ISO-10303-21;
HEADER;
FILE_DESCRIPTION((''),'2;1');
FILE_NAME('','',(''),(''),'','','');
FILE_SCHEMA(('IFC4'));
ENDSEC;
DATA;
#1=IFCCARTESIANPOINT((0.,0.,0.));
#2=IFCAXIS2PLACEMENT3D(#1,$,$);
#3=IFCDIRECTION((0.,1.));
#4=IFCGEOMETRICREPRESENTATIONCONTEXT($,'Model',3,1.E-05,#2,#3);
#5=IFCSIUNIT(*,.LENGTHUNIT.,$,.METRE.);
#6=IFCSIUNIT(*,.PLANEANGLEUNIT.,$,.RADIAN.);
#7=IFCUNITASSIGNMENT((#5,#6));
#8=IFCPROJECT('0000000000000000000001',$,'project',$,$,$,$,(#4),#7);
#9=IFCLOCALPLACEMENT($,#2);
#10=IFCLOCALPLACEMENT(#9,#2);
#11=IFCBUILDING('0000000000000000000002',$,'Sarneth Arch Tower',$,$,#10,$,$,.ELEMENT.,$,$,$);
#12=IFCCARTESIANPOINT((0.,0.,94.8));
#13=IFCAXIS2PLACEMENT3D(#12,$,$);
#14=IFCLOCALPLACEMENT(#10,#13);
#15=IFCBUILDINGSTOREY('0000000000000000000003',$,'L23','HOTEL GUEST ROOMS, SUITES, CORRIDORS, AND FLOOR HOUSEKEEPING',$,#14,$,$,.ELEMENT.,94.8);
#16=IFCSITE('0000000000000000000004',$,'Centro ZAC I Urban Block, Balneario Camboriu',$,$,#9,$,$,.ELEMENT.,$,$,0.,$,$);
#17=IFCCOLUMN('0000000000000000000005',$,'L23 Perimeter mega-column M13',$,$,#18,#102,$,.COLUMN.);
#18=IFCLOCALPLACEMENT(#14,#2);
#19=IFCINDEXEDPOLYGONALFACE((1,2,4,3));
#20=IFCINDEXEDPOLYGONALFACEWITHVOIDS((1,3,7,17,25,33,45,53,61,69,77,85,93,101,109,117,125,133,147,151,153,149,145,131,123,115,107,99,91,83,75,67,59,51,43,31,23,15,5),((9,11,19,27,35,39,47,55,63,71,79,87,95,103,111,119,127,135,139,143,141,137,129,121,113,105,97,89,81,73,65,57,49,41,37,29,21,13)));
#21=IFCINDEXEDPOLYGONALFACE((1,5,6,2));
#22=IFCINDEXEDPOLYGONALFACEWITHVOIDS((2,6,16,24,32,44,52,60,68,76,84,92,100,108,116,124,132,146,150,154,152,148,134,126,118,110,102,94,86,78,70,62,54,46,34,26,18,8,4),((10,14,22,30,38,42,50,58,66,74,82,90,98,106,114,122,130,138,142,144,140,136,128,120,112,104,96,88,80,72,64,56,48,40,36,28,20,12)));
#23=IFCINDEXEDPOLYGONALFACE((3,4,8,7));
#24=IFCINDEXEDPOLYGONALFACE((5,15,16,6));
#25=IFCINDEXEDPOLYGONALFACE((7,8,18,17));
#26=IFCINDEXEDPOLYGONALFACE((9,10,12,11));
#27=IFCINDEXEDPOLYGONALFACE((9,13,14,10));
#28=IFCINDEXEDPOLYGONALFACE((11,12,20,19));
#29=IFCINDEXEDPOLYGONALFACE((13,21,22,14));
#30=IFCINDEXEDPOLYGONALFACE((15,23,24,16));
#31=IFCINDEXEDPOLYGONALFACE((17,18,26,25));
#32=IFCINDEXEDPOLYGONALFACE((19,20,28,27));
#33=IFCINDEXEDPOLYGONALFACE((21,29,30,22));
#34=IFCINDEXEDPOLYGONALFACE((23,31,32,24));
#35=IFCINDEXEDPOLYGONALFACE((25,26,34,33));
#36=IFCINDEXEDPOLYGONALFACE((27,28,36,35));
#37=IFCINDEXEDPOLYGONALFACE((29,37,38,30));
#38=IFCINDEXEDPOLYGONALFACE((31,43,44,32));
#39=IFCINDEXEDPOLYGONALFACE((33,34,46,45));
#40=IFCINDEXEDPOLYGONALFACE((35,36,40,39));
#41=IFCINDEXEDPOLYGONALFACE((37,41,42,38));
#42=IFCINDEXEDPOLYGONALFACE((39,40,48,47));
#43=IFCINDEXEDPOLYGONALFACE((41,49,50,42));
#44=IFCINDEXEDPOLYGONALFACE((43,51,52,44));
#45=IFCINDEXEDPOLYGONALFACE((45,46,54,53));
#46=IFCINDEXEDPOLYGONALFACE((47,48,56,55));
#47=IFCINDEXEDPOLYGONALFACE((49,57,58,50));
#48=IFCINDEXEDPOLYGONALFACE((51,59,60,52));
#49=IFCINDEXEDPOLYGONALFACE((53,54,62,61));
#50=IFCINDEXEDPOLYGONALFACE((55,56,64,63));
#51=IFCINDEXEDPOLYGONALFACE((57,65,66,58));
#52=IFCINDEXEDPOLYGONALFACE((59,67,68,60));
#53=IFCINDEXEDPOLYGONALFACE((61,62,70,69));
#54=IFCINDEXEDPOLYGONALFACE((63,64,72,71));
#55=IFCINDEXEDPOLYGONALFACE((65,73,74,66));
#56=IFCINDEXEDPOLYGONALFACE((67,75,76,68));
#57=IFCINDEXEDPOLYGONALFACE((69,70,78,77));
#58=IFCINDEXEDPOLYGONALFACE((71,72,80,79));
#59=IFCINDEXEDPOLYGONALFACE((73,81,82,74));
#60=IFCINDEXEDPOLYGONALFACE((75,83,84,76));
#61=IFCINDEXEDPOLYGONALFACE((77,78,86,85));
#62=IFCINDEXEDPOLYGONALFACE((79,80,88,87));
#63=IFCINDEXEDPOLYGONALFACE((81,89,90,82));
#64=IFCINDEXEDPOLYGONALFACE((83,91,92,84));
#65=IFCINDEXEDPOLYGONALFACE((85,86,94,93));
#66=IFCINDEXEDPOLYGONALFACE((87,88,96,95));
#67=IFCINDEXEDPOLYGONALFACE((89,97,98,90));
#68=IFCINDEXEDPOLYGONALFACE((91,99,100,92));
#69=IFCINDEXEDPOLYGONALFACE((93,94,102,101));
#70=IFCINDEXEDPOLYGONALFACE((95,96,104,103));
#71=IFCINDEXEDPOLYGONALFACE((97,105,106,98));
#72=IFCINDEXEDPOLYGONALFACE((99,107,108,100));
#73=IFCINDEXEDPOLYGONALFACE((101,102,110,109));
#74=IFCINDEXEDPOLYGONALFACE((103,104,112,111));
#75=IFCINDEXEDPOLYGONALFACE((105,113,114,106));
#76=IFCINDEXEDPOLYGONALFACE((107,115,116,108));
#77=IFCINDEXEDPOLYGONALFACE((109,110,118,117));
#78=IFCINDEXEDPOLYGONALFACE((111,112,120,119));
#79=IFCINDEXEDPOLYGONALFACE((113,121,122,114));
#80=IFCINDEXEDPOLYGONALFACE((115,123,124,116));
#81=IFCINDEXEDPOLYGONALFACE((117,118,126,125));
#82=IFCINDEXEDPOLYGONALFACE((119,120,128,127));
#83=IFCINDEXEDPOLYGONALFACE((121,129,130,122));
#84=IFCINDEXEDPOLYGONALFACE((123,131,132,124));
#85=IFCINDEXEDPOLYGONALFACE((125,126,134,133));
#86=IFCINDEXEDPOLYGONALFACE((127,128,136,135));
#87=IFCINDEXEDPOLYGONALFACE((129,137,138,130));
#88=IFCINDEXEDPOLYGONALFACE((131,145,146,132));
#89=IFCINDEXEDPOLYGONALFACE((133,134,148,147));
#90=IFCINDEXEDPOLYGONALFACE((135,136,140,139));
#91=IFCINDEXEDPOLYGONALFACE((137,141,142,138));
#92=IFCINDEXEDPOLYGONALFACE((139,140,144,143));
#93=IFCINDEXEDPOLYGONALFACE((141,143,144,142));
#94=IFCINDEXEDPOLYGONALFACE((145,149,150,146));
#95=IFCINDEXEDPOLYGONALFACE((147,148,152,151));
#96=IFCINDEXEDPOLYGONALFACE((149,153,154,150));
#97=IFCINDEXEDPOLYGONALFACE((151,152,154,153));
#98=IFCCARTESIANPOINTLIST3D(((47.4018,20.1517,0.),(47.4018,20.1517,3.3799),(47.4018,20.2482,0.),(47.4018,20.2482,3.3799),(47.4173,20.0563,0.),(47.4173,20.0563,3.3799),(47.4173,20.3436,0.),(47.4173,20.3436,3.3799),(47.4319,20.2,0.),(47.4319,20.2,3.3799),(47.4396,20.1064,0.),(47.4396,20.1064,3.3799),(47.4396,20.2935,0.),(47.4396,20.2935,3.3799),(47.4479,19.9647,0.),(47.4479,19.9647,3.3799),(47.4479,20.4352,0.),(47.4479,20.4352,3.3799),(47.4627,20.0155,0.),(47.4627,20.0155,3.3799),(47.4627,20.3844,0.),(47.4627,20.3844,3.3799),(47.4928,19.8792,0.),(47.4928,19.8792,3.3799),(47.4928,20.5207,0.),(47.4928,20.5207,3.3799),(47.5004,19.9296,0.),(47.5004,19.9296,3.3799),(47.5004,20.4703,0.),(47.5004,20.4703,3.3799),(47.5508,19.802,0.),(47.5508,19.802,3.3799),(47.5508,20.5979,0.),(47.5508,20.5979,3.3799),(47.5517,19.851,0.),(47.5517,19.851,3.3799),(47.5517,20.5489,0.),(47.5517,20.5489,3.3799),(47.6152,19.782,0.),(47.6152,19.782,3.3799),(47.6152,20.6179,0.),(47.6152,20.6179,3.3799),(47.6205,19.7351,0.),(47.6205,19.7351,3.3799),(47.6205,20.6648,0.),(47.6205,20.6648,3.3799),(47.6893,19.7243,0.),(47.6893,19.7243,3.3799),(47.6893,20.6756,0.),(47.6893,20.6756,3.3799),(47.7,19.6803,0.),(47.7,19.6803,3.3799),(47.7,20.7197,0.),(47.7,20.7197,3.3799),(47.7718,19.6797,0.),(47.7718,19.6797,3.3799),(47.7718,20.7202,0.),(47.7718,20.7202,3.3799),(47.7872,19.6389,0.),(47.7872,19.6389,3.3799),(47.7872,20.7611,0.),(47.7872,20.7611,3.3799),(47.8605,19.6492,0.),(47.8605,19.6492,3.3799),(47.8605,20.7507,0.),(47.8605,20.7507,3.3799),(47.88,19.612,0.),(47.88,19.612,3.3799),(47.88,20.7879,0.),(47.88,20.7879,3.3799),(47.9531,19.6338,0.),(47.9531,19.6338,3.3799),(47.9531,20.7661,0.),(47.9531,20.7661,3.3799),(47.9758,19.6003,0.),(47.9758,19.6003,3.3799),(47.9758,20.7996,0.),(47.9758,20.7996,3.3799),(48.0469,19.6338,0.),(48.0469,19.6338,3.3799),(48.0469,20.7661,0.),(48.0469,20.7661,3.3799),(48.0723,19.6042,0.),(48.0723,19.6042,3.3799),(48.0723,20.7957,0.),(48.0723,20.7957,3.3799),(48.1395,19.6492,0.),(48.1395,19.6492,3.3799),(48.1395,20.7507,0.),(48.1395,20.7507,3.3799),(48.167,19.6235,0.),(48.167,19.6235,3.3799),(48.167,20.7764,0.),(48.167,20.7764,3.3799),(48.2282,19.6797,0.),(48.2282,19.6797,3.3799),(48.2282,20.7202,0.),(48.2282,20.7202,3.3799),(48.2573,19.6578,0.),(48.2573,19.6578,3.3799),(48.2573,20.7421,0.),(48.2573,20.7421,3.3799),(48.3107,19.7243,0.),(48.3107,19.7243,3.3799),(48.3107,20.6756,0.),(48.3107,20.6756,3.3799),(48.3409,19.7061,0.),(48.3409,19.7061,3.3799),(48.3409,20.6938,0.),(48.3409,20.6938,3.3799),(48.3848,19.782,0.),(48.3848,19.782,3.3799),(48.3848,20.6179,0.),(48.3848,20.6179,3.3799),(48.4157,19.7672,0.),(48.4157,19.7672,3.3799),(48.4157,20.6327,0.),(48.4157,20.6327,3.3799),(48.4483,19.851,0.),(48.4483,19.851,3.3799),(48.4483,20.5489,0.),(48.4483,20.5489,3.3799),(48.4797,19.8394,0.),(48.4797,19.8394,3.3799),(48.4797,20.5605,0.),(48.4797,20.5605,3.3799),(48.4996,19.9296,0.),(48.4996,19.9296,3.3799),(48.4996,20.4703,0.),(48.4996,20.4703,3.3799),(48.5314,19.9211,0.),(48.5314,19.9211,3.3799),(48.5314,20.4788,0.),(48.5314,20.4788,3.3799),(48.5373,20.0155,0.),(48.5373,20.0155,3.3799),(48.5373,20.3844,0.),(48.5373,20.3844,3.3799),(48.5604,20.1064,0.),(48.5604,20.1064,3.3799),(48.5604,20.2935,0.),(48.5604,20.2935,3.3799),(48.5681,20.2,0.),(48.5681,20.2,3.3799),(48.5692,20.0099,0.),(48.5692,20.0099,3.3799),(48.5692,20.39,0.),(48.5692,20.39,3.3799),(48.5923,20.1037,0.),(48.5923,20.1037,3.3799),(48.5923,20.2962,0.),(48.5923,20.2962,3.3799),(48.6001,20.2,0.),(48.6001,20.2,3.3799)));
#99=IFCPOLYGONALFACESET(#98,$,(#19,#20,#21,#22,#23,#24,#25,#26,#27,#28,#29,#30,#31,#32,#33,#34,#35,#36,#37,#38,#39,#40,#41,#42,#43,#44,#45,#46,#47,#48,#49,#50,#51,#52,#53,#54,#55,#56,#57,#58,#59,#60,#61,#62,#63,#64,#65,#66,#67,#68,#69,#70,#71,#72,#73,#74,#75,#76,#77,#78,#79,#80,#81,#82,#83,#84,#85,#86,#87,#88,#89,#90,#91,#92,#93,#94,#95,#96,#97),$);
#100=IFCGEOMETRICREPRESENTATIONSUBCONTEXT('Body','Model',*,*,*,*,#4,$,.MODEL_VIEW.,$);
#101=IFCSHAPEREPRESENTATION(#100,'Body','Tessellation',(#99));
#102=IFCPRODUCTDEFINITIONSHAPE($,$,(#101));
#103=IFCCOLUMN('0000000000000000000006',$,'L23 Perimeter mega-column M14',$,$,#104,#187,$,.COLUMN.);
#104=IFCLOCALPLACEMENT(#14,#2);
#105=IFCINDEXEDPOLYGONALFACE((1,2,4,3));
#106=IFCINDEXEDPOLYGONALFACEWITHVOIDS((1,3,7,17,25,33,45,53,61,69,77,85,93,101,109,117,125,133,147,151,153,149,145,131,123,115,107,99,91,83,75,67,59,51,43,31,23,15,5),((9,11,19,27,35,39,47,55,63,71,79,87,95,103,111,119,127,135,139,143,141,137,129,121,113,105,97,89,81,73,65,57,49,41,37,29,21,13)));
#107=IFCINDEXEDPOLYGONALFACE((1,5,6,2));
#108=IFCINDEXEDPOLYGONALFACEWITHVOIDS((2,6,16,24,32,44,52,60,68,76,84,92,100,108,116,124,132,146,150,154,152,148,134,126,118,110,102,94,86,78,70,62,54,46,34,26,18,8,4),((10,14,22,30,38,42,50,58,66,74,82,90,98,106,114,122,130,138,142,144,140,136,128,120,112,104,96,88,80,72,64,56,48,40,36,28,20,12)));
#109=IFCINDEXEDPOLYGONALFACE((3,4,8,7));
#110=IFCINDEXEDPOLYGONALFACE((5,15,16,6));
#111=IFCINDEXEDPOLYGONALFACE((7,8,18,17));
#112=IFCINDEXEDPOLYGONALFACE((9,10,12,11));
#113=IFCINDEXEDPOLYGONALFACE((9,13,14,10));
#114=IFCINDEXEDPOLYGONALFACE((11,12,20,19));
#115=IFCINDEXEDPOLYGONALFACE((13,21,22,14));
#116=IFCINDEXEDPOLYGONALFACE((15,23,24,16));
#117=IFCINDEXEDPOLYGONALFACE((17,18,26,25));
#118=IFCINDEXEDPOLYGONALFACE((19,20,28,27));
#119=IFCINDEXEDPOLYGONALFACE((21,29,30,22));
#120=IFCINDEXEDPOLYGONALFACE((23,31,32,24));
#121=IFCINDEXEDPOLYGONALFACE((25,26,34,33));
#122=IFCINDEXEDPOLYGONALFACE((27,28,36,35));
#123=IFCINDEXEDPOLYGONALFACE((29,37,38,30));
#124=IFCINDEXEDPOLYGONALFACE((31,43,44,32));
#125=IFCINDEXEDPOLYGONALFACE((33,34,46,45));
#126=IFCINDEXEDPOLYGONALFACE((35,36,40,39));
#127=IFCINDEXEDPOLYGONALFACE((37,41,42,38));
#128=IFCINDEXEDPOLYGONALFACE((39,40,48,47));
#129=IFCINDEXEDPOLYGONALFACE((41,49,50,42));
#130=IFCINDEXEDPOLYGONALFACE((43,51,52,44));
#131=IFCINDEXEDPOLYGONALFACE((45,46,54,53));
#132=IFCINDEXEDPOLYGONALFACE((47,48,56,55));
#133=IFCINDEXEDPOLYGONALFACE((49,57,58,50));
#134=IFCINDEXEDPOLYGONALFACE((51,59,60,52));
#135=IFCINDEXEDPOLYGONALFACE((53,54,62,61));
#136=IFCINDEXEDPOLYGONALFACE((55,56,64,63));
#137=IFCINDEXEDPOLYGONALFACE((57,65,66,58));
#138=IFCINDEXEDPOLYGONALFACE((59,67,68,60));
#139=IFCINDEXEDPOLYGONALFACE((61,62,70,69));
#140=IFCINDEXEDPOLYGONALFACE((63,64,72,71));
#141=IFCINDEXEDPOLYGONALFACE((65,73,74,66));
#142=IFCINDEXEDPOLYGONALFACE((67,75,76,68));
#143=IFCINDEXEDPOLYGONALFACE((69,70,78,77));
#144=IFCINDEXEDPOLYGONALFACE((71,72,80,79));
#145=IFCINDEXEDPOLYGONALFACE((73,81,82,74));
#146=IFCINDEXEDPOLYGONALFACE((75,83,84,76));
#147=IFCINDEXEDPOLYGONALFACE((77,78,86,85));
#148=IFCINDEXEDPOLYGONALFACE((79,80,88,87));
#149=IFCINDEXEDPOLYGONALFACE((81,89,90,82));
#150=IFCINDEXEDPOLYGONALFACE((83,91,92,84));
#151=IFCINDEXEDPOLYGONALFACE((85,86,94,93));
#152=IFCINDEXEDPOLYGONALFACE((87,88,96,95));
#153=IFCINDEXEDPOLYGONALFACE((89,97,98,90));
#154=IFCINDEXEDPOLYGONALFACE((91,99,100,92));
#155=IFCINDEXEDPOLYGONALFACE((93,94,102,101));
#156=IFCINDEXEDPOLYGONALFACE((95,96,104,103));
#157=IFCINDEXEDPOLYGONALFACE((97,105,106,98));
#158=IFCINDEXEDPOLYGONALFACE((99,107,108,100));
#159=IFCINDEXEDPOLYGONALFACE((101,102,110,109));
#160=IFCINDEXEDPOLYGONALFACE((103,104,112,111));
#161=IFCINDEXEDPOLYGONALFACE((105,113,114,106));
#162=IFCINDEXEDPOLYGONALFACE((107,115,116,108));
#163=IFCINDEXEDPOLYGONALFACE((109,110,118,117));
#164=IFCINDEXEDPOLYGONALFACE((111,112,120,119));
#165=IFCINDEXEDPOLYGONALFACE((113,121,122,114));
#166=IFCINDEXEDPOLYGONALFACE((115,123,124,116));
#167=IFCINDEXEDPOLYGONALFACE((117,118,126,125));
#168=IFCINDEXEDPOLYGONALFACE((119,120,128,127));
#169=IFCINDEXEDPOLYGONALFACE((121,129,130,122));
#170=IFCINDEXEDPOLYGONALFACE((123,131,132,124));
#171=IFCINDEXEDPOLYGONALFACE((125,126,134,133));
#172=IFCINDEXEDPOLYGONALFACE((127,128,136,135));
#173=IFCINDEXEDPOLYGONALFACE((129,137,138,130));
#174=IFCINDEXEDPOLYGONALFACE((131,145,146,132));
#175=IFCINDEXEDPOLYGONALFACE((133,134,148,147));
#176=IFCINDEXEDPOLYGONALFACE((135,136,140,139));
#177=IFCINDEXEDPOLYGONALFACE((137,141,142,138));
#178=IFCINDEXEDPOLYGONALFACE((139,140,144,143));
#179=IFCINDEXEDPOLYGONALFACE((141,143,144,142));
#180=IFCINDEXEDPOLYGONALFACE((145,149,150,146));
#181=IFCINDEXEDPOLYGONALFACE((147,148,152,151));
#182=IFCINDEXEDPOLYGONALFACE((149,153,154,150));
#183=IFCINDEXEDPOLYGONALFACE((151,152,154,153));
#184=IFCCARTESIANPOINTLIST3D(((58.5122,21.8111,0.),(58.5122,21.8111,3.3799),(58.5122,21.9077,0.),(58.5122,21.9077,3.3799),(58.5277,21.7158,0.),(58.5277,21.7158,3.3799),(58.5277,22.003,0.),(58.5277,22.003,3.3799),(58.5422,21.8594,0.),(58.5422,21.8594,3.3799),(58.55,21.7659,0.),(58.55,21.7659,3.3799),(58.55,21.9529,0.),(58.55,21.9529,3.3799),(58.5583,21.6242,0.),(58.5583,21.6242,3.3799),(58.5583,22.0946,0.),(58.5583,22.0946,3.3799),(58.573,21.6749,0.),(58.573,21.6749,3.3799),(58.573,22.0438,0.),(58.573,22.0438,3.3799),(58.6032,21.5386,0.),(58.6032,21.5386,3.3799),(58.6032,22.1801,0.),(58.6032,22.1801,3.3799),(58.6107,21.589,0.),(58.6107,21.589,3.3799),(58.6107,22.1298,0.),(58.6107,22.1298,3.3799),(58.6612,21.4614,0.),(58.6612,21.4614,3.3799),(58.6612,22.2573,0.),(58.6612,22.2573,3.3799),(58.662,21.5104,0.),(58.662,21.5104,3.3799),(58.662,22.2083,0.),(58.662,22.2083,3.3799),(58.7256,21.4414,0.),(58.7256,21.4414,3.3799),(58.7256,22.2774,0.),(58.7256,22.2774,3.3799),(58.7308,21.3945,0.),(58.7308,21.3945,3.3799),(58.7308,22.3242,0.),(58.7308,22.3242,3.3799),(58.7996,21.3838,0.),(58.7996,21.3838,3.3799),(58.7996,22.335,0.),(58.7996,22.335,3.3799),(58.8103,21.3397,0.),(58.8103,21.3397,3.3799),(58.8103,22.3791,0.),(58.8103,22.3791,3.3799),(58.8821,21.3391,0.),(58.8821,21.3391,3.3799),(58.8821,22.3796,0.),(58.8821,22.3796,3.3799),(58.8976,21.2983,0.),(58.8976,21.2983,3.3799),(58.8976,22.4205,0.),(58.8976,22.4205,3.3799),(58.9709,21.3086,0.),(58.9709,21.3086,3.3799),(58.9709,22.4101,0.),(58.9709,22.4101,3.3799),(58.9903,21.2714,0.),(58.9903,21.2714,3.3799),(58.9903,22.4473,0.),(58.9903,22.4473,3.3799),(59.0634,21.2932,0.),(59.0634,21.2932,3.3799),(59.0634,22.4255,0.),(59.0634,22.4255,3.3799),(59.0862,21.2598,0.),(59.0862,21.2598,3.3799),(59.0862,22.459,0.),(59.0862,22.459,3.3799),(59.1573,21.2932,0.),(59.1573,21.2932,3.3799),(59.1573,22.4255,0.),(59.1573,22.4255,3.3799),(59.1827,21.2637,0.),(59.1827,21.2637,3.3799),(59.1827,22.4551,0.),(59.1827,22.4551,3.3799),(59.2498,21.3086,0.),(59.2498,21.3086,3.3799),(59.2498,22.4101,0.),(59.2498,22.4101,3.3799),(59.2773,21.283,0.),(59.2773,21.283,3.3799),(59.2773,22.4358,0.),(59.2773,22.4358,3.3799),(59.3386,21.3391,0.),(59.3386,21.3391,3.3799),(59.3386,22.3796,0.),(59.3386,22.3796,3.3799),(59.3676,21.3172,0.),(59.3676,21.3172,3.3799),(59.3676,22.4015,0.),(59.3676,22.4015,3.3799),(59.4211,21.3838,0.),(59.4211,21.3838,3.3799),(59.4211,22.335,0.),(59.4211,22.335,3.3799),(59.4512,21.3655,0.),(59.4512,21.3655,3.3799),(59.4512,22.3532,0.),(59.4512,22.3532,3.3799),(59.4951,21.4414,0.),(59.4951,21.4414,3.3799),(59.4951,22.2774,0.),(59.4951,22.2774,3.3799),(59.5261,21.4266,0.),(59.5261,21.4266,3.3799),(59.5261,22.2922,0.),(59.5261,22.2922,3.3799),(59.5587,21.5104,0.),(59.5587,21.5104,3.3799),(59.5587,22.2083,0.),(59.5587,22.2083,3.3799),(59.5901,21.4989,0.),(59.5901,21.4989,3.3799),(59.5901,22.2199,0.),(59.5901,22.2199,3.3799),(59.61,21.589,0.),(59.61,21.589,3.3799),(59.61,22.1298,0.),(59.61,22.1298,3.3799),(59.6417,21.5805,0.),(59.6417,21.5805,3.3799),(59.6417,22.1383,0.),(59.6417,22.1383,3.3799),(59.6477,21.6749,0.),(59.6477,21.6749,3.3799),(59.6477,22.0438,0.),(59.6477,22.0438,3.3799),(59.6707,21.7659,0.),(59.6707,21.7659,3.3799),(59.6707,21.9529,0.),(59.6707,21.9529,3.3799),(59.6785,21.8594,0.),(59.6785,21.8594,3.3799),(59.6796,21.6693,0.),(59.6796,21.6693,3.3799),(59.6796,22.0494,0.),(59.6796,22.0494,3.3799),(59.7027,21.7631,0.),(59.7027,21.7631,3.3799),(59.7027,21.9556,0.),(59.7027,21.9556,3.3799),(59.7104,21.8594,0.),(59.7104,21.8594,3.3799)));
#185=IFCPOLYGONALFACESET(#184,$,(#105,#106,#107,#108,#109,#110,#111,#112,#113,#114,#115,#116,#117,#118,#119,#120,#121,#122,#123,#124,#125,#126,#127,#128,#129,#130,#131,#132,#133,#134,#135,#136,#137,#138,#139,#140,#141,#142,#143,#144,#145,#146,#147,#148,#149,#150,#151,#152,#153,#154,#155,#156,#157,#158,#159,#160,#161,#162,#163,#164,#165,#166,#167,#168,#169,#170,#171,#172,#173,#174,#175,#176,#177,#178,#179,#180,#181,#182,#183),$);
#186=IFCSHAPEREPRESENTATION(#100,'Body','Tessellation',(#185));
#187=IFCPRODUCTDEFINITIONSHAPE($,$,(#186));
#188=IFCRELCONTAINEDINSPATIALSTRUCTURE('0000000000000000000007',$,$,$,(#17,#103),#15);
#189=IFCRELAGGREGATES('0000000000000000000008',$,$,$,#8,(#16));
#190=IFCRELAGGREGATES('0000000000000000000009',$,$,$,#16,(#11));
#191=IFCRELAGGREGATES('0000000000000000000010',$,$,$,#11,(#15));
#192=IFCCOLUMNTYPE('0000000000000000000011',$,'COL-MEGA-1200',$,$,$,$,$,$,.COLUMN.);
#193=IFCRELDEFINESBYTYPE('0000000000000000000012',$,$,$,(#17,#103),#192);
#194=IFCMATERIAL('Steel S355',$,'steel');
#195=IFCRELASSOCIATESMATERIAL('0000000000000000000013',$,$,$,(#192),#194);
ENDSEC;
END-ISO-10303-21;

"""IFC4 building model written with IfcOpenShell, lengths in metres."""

from ifc_helpers import new_model, si_unit, direction, frame, origin, origin_2d, place, context, subcontext, project, spatial, hollow_circle, extrude, material, material_profile, profile_set, type_object, element, save


model = new_model("IFC4")

# Units and contexts
model_context = context("Model", 3, precision=1e-05, world=origin(), true_north=direction((0.0, 1.0)))
body_context = subcontext(model_context, "Body", "Model", "MODEL_VIEW")
ifc_project = project(units=[si_unit("LENGTHUNIT", "METRE"), si_unit("PLANEANGLEUNIT", "RADIAN")], contexts=[model_context])

# Site, building, storey
site_placement = place(None, origin())
site = spatial("IfcSite", under=ifc_project, at=site_placement, Name="Centro ZAC I Urban Block, Balneario Camboriu", CompositionType="ELEMENT", RefElevation=0.0)
building_placement = place(site_placement, origin())
building = spatial("IfcBuilding", under=site, at=building_placement, Name="Sarneth Arch Tower", CompositionType="ELEMENT")
storey_placement = place(building_placement, frame((0.0, 0.0, 94.8)))
storey = spatial("IfcBuildingStorey", under=building, at=storey_placement, Name="L23", Description="HOTEL GUEST ROOMS, SUITES, CORRIDORS, AND FLOOR HOUSEKEEPING", CompositionType="ELEMENT", Elevation=94.8)

# Columns
ifc_material_1 = material(Name="Steel S355", Category="steel")
ifc_material_profile_1 = material_profile(ifc_material_1, hollow_circle(Radius=0.6001, WallThickness=0.032, at=origin_2d()), Name="CHS1200x32")
ifc_profile_set_1 = profile_set([ifc_material_profile_1], Name="Steel S355")
column_type = type_object("IfcColumnType", Name="COL-MEGA-1200", PredefinedType="COLUMN", material=ifc_profile_set_1)
for number, where, z_axis, x_axis, name in (
    (1, (48.0, 20.2, 0.0), (0.0, 0.0, 1.0), (1.0, 0.0, 0.0), "L23 Perimeter mega-column M13"),
    (2, (59.1104, 21.8594, 0.0), (0.0, 0.0, 1.0), (1.0, 0.0, 0.0), "L23 Perimeter mega-column M14"),
):
    element("IfcColumn", number, at=place(storey_placement, frame(where, z_axis=z_axis, x_axis=x_axis)), inside=storey, type_object=column_type, Name=name, PredefinedType="COLUMN", context=body_context, shape_type="SweptSolid", body=[
        extrude(hollow_circle(Radius=0.6001, WallThickness=0.032, at=origin_2d()), origin(), (0.0, 0.0, 1.0), 3.3799),
    ])

save(model, "model.ifc")
